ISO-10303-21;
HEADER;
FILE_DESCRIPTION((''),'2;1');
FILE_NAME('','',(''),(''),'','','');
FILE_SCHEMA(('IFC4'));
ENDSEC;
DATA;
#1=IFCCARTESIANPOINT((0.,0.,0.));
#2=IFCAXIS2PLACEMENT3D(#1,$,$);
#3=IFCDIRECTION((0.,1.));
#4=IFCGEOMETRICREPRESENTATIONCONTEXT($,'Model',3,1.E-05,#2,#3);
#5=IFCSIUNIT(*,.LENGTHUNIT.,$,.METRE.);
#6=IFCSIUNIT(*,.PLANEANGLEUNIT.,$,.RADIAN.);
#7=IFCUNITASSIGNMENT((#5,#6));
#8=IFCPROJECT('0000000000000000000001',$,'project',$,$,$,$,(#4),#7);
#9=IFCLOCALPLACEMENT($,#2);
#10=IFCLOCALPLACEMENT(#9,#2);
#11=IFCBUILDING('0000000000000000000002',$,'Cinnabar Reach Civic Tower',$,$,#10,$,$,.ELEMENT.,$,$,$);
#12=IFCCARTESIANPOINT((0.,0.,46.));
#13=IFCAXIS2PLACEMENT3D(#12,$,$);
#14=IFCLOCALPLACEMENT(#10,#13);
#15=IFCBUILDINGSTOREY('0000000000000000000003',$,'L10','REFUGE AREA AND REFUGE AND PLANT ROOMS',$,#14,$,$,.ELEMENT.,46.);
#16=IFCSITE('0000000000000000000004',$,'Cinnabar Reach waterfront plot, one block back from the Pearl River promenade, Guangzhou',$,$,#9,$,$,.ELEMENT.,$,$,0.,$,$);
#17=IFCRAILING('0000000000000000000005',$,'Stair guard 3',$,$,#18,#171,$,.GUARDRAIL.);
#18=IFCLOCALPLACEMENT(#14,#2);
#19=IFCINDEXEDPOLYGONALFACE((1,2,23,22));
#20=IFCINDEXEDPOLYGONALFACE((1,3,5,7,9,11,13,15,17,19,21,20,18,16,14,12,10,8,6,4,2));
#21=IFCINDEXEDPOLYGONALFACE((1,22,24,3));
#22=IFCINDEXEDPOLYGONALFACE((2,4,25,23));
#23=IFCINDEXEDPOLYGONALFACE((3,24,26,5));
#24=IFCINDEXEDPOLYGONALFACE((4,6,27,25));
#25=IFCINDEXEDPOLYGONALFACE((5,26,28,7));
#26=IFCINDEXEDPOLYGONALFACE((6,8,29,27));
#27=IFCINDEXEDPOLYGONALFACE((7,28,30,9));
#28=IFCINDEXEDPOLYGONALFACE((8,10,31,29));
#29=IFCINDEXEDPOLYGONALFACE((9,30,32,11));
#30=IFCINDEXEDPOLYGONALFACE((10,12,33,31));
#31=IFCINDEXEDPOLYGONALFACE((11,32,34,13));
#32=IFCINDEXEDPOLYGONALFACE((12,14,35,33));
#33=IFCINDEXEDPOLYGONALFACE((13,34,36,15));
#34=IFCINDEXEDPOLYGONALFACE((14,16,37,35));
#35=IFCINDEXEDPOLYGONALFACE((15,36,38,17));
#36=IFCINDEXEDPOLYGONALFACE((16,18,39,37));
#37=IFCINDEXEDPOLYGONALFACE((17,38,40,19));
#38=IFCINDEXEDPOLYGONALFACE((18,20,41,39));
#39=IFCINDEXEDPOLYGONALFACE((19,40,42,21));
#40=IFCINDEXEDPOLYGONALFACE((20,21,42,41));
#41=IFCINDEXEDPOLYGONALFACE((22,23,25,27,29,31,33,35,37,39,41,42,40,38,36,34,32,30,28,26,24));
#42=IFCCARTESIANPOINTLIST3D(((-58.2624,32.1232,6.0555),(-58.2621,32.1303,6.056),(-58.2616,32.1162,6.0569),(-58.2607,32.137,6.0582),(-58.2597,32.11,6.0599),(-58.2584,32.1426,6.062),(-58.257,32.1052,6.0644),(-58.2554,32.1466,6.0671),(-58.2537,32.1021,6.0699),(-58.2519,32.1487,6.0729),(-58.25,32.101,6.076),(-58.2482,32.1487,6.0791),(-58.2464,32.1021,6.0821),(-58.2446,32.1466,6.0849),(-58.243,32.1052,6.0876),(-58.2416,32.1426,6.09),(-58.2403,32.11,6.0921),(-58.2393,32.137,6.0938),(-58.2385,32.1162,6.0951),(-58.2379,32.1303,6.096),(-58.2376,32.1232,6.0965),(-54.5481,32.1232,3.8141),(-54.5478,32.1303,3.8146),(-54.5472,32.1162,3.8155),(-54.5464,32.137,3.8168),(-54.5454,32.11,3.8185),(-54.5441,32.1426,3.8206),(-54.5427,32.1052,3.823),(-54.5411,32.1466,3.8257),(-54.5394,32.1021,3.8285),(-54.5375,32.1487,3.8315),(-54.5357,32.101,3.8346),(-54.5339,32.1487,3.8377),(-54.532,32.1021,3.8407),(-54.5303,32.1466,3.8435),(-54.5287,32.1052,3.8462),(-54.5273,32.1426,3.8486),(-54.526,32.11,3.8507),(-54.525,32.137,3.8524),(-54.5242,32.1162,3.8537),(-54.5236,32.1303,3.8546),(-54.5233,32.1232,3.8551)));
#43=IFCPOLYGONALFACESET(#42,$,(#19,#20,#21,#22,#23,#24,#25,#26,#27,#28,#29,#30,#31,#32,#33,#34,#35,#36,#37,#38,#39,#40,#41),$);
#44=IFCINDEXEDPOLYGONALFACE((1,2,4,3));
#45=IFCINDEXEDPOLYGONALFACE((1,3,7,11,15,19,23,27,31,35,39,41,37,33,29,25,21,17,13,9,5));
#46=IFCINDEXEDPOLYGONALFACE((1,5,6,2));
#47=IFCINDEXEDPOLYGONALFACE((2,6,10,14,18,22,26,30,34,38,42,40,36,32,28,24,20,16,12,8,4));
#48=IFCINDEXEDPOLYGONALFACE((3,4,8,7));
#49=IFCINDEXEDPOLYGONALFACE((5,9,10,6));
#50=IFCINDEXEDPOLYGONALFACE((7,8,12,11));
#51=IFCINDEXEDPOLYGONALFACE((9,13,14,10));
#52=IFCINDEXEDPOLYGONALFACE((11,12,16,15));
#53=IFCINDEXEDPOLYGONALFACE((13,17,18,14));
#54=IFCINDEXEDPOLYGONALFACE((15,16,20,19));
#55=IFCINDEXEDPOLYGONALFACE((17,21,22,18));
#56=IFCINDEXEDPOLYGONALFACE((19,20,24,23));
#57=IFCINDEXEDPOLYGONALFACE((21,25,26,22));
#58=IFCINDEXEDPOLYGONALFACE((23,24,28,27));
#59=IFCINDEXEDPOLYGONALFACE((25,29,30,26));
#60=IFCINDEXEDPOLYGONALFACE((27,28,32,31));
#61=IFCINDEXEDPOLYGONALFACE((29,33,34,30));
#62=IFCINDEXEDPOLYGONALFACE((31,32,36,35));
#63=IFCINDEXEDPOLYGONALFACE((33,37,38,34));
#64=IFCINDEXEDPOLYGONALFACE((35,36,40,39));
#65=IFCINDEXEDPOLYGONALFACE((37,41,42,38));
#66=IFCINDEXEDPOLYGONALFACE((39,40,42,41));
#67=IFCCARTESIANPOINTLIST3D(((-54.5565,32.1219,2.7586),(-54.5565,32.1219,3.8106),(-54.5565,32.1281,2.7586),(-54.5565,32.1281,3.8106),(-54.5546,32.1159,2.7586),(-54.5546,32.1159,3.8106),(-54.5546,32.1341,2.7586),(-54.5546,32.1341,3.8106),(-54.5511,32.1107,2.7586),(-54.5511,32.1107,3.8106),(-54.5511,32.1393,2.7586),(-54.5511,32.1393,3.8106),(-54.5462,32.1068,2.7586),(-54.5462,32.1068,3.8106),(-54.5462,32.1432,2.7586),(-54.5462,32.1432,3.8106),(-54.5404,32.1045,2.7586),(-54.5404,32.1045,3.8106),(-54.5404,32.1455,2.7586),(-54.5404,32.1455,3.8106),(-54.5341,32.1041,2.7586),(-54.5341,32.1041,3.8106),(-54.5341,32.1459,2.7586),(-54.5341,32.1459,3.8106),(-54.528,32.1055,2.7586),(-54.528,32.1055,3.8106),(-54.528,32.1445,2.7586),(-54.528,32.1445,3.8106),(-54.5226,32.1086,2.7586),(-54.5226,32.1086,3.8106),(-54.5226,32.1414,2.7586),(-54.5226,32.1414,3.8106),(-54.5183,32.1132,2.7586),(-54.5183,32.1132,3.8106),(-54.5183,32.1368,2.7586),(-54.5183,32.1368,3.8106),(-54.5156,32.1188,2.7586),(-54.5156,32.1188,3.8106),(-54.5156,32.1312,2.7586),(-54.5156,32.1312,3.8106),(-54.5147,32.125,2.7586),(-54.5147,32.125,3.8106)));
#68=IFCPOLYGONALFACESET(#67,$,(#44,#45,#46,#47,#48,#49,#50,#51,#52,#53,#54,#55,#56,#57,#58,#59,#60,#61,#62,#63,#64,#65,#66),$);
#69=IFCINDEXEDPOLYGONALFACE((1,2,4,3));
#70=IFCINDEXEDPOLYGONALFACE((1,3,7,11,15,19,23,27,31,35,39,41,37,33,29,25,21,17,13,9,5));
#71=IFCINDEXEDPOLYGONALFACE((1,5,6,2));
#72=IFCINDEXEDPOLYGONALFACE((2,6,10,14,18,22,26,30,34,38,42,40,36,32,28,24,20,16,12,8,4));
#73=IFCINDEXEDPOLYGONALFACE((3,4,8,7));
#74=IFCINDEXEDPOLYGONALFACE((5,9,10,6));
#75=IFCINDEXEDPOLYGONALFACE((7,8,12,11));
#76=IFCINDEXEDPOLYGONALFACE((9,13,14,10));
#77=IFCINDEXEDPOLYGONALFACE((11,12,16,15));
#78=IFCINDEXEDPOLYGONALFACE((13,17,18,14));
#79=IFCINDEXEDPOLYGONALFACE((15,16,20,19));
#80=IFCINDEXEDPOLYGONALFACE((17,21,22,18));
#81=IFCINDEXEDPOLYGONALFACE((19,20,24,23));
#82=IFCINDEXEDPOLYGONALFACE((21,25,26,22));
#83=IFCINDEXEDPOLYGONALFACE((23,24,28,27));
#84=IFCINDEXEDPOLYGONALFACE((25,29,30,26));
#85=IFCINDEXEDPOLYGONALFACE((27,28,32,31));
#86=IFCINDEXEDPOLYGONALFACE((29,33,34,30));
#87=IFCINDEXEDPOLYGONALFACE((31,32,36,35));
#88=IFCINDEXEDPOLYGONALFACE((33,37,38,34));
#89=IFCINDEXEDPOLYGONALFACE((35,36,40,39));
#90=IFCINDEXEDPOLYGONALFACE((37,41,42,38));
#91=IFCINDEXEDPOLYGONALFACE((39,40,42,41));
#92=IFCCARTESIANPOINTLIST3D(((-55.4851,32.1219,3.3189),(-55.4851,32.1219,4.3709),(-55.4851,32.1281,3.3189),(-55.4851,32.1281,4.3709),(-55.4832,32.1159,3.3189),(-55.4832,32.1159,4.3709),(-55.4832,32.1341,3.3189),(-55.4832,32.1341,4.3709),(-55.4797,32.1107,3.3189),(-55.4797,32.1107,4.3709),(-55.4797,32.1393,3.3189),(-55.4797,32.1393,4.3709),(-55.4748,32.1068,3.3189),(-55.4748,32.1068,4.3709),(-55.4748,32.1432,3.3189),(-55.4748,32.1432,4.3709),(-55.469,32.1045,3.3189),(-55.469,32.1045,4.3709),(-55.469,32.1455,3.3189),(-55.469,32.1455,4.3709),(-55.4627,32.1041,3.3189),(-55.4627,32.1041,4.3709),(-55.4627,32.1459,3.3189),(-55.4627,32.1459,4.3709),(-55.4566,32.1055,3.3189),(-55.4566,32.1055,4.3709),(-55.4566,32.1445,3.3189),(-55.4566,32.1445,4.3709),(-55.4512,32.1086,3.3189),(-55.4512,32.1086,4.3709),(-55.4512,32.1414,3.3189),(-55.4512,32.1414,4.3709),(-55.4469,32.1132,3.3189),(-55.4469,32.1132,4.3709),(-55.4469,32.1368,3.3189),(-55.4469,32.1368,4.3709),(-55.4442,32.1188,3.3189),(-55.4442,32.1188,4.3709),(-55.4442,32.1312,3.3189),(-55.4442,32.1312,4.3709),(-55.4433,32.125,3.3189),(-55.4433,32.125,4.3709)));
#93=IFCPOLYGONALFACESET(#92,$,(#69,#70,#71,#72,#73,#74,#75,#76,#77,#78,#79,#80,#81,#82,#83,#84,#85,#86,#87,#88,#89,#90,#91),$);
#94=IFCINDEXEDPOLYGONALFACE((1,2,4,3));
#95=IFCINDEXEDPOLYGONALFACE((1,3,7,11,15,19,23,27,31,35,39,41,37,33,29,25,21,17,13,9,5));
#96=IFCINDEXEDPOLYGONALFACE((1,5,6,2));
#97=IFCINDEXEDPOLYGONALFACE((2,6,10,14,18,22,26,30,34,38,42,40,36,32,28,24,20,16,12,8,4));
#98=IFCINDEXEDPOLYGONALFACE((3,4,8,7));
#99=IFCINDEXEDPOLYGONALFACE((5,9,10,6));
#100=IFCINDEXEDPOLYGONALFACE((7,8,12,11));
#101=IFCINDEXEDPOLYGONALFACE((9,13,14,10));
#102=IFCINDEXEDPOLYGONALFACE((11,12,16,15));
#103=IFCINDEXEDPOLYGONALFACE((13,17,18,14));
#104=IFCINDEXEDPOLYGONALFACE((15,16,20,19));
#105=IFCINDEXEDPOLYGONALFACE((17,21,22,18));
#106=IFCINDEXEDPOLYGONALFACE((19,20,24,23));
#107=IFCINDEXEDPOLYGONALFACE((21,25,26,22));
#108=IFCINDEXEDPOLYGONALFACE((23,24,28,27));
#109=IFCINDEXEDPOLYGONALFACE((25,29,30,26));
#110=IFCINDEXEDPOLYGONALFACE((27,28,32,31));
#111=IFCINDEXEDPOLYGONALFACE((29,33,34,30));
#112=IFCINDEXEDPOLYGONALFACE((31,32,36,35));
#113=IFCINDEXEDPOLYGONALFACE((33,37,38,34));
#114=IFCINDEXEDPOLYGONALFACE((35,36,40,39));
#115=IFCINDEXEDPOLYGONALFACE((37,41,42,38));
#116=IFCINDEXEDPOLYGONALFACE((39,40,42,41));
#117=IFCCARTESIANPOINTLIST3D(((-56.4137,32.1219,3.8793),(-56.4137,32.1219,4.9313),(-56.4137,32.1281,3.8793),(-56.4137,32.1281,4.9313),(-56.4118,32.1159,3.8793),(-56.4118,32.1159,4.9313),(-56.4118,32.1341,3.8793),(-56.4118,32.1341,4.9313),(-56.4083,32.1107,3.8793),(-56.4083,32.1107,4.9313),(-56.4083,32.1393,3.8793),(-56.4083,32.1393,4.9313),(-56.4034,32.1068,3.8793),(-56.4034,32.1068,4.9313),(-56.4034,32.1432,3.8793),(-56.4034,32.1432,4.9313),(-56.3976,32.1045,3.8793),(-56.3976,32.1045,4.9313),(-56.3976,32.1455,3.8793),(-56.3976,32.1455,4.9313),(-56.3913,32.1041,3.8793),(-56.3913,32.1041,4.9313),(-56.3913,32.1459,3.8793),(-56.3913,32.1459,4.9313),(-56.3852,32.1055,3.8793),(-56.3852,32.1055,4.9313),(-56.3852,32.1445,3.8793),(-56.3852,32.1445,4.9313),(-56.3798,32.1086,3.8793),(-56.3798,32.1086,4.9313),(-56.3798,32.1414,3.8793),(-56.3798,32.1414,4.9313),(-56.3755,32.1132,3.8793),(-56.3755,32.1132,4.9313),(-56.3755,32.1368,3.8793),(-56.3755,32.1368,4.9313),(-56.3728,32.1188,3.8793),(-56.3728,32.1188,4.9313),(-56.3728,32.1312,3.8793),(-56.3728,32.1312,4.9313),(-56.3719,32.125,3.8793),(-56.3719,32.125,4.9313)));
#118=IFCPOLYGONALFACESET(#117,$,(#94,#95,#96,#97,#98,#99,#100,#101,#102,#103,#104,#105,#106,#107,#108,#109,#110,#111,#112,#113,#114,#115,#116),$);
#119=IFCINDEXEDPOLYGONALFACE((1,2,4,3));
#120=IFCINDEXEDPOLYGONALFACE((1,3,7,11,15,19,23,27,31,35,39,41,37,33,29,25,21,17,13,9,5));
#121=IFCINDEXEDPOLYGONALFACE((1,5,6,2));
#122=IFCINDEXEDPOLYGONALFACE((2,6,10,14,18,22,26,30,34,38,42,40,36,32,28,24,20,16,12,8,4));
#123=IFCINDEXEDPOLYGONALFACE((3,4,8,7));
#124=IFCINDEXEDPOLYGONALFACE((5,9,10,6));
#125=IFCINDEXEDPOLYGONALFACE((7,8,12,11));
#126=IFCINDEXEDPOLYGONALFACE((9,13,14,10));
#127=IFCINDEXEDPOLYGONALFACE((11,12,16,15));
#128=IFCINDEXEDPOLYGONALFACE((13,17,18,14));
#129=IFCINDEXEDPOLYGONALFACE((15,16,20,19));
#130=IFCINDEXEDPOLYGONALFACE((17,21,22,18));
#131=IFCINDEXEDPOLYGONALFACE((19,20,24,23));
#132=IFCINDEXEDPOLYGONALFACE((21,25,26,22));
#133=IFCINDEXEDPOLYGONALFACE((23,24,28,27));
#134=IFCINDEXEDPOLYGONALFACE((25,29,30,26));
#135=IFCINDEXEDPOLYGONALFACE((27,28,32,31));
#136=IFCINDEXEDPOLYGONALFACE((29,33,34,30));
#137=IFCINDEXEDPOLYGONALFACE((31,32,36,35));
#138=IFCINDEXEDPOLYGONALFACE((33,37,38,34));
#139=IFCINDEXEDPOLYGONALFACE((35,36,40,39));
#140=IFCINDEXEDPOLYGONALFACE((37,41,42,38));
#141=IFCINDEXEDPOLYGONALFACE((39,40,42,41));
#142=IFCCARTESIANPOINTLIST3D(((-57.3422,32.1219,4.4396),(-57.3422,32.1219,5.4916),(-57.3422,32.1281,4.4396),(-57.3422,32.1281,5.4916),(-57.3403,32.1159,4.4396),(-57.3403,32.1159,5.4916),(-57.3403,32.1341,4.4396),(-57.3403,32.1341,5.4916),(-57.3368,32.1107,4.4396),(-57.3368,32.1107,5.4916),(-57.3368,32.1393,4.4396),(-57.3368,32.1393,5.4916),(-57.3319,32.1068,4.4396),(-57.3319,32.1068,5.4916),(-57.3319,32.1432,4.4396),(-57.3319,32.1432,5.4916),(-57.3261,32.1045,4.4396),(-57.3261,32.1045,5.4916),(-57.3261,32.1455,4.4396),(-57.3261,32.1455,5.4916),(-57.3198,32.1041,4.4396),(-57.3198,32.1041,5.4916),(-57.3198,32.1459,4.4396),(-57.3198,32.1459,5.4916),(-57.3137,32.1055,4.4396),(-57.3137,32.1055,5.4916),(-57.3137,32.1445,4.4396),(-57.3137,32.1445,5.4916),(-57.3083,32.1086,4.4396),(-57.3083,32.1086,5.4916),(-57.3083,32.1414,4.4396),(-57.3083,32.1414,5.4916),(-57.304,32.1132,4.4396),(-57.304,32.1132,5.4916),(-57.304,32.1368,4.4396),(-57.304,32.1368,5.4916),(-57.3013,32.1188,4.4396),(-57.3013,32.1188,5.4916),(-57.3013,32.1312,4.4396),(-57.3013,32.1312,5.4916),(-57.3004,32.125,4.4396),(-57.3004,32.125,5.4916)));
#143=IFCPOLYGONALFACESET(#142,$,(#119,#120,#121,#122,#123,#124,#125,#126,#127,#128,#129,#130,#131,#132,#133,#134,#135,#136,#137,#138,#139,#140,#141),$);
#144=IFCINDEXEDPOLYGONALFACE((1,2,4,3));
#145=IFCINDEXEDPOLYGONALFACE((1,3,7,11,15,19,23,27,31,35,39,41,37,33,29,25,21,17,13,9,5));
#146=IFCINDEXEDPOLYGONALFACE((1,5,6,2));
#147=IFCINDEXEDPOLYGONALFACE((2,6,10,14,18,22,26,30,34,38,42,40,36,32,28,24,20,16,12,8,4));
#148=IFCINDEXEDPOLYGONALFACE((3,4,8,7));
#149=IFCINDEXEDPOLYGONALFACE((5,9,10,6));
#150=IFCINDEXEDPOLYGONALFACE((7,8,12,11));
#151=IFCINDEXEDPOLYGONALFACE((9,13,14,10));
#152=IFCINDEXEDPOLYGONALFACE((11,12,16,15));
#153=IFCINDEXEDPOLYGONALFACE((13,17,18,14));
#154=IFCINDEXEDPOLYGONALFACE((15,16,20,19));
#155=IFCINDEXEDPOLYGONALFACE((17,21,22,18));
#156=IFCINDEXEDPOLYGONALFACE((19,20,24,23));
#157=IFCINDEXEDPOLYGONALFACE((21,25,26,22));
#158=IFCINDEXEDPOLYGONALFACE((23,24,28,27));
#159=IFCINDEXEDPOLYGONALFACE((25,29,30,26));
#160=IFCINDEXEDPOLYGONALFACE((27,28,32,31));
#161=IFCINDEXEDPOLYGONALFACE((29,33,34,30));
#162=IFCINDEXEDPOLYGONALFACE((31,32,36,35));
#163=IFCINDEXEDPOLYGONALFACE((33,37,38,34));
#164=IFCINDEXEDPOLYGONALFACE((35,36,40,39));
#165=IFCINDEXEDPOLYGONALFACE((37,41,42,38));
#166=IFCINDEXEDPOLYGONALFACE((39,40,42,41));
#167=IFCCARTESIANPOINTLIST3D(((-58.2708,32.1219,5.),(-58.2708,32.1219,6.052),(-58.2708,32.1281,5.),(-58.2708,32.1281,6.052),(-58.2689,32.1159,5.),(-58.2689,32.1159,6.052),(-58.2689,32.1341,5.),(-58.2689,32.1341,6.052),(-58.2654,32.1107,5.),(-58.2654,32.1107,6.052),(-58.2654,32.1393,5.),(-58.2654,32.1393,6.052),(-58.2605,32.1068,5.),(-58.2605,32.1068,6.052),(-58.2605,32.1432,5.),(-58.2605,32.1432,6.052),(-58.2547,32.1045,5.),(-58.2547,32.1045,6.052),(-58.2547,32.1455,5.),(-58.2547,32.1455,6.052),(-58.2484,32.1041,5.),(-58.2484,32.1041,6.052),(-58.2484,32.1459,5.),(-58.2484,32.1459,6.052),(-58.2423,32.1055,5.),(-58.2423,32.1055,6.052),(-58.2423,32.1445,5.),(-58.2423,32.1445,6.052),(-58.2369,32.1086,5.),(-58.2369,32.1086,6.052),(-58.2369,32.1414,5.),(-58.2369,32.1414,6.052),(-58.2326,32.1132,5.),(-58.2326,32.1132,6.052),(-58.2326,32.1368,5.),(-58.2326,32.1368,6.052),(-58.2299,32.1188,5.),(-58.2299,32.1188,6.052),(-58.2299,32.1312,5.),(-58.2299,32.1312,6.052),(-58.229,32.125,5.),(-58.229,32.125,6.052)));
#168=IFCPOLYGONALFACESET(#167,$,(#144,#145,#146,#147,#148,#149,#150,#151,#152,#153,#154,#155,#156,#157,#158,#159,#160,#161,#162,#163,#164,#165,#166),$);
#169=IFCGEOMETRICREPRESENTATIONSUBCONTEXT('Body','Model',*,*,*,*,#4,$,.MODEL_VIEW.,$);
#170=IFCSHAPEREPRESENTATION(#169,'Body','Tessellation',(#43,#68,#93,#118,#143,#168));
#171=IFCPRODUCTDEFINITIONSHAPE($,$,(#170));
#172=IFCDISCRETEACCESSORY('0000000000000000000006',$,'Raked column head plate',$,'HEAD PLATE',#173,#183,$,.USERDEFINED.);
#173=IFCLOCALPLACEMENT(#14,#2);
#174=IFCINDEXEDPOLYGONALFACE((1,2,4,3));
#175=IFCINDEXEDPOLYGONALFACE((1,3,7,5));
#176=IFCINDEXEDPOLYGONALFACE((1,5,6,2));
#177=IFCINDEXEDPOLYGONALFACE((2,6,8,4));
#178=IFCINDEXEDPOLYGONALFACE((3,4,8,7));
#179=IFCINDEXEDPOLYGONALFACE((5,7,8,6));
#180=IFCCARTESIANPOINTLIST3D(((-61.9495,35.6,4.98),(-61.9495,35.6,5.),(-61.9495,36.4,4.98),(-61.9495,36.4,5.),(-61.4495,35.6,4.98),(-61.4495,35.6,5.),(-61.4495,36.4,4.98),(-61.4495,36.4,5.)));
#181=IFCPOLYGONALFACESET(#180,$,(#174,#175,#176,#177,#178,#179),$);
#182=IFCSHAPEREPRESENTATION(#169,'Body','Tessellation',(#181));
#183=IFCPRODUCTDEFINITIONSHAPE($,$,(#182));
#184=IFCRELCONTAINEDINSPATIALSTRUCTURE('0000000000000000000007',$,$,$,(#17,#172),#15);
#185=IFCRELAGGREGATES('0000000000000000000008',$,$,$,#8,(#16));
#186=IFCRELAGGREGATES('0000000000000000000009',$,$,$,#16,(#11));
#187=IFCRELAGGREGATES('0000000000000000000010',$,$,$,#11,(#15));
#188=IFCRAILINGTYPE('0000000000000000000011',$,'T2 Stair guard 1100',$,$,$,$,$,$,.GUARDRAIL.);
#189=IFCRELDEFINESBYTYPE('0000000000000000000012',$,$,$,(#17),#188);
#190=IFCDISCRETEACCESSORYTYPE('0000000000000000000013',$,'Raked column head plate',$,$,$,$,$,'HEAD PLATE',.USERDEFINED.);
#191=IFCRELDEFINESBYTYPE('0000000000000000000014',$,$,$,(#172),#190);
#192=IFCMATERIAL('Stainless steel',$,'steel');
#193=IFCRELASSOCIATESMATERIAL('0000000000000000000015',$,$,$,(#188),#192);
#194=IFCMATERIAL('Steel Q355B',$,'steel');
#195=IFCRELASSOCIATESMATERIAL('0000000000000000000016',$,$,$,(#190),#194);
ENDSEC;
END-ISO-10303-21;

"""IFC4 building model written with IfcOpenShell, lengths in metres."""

from ifc_helpers import new_model, si_unit, direction, frame, origin, origin_2d, place, context, subcontext, project, spatial, rectangle, circle, extrude, material, type_object, element, save


model = new_model("IFC4")

# Units and contexts
model_context = context("Model", 3, precision=1e-05, world=origin(), true_north=direction((0.0, 1.0)))
body_context = subcontext(model_context, "Body", "Model", "MODEL_VIEW")
ifc_project = project(units=[si_unit("LENGTHUNIT", "METRE"), si_unit("PLANEANGLEUNIT", "RADIAN")], contexts=[model_context])

# Site, building, storey
site_placement = place(None, origin())
site = spatial("IfcSite", under=ifc_project, at=site_placement, Name="Cinnabar Reach waterfront plot, one block back from the Pearl River promenade, Guangzhou", CompositionType="ELEMENT", RefElevation=0.0)
building_placement = place(site_placement, origin())
building = spatial("IfcBuilding", under=site, at=building_placement, Name="Cinnabar Reach Civic Tower", CompositionType="ELEMENT")
storey_placement = place(building_placement, frame((0.0, 0.0, 46.0)))
storey = spatial("IfcBuildingStorey", under=building, at=storey_placement, Name="L10", Description="REFUGE AREA AND REFUGE AND PLANT ROOMS", CompositionType="ELEMENT", Elevation=46.0)

# Shared definitions
ifc_material_1 = material(Name="Steel Q355B", Category="steel")

# Railing
ifc_material_2 = material(Name="Stainless steel", Category="steel")
railing_type = type_object("IfcRailingType", Name="T2 Stair guard 1100", PredefinedType="GUARDRAIL", material=ifc_material_2)
railing_1_placement = place(storey_placement, frame((-54.5357, 32.125, 2.7586)))
element("IfcRailing", 1, at=railing_1_placement, inside=storey, type_object=railing_type, Name="Stair guard 3", PredefinedType="GUARDRAIL", context=body_context, shape_type="SweptSolid", body=[
    extrude(circle(Radius=0.024, at=origin_2d()), frame((0.0, 0.0, 1.076), z_axis=(-0.856186, 0.0, 0.516667), x_axis=(0.0, -1.0, 0.0)), (0.0, 0.0, 1.0), 4.3382),
    extrude(circle(Radius=0.021, at=origin_2d()), origin(), (0.0, 0.0, 1.0), 1.052),
    extrude(circle(Radius=0.021, at=origin_2d()), frame((-0.9286, 0.0, 0.5603)), (0.0, 0.0, 1.0), 1.052),
    extrude(circle(Radius=0.021, at=origin_2d()), frame((-1.8572, 0.0, 1.1207)), (0.0, 0.0, 1.0), 1.052),
    extrude(circle(Radius=0.021, at=origin_2d()), frame((-2.7857, 0.0, 1.681)), (0.0, 0.0, 1.0), 1.052),
    extrude(circle(Radius=0.021, at=origin_2d()), frame((-3.7143, 0.0, 2.2414)), (0.0, 0.0, 1.0), 1.052),
])

# Discrete accessory
discrete_accessory_type = type_object("IfcDiscreteAccessoryType", Name="Raked column head plate", ElementType="HEAD PLATE", PredefinedType="USERDEFINED", material=ifc_material_1)
discrete_accessory_placement = place(storey_placement, frame((-61.6995, 36.0, 4.98), z_axis=(0.0, 0.0, 1.0), x_axis=(1.0, 0.0, 0.0)))
element("IfcDiscreteAccessory", 2, at=discrete_accessory_placement, inside=storey, type_object=discrete_accessory_type, Name="Raked column head plate", ObjectType="HEAD PLATE", PredefinedType="USERDEFINED", context=body_context, shape_type="SweptSolid", body=[
    extrude(rectangle(XDim=0.5, YDim=0.8, at=origin_2d()), origin(), (0.0, 0.0, 1.0), 0.02),
])

save(model, "model.ifc")
